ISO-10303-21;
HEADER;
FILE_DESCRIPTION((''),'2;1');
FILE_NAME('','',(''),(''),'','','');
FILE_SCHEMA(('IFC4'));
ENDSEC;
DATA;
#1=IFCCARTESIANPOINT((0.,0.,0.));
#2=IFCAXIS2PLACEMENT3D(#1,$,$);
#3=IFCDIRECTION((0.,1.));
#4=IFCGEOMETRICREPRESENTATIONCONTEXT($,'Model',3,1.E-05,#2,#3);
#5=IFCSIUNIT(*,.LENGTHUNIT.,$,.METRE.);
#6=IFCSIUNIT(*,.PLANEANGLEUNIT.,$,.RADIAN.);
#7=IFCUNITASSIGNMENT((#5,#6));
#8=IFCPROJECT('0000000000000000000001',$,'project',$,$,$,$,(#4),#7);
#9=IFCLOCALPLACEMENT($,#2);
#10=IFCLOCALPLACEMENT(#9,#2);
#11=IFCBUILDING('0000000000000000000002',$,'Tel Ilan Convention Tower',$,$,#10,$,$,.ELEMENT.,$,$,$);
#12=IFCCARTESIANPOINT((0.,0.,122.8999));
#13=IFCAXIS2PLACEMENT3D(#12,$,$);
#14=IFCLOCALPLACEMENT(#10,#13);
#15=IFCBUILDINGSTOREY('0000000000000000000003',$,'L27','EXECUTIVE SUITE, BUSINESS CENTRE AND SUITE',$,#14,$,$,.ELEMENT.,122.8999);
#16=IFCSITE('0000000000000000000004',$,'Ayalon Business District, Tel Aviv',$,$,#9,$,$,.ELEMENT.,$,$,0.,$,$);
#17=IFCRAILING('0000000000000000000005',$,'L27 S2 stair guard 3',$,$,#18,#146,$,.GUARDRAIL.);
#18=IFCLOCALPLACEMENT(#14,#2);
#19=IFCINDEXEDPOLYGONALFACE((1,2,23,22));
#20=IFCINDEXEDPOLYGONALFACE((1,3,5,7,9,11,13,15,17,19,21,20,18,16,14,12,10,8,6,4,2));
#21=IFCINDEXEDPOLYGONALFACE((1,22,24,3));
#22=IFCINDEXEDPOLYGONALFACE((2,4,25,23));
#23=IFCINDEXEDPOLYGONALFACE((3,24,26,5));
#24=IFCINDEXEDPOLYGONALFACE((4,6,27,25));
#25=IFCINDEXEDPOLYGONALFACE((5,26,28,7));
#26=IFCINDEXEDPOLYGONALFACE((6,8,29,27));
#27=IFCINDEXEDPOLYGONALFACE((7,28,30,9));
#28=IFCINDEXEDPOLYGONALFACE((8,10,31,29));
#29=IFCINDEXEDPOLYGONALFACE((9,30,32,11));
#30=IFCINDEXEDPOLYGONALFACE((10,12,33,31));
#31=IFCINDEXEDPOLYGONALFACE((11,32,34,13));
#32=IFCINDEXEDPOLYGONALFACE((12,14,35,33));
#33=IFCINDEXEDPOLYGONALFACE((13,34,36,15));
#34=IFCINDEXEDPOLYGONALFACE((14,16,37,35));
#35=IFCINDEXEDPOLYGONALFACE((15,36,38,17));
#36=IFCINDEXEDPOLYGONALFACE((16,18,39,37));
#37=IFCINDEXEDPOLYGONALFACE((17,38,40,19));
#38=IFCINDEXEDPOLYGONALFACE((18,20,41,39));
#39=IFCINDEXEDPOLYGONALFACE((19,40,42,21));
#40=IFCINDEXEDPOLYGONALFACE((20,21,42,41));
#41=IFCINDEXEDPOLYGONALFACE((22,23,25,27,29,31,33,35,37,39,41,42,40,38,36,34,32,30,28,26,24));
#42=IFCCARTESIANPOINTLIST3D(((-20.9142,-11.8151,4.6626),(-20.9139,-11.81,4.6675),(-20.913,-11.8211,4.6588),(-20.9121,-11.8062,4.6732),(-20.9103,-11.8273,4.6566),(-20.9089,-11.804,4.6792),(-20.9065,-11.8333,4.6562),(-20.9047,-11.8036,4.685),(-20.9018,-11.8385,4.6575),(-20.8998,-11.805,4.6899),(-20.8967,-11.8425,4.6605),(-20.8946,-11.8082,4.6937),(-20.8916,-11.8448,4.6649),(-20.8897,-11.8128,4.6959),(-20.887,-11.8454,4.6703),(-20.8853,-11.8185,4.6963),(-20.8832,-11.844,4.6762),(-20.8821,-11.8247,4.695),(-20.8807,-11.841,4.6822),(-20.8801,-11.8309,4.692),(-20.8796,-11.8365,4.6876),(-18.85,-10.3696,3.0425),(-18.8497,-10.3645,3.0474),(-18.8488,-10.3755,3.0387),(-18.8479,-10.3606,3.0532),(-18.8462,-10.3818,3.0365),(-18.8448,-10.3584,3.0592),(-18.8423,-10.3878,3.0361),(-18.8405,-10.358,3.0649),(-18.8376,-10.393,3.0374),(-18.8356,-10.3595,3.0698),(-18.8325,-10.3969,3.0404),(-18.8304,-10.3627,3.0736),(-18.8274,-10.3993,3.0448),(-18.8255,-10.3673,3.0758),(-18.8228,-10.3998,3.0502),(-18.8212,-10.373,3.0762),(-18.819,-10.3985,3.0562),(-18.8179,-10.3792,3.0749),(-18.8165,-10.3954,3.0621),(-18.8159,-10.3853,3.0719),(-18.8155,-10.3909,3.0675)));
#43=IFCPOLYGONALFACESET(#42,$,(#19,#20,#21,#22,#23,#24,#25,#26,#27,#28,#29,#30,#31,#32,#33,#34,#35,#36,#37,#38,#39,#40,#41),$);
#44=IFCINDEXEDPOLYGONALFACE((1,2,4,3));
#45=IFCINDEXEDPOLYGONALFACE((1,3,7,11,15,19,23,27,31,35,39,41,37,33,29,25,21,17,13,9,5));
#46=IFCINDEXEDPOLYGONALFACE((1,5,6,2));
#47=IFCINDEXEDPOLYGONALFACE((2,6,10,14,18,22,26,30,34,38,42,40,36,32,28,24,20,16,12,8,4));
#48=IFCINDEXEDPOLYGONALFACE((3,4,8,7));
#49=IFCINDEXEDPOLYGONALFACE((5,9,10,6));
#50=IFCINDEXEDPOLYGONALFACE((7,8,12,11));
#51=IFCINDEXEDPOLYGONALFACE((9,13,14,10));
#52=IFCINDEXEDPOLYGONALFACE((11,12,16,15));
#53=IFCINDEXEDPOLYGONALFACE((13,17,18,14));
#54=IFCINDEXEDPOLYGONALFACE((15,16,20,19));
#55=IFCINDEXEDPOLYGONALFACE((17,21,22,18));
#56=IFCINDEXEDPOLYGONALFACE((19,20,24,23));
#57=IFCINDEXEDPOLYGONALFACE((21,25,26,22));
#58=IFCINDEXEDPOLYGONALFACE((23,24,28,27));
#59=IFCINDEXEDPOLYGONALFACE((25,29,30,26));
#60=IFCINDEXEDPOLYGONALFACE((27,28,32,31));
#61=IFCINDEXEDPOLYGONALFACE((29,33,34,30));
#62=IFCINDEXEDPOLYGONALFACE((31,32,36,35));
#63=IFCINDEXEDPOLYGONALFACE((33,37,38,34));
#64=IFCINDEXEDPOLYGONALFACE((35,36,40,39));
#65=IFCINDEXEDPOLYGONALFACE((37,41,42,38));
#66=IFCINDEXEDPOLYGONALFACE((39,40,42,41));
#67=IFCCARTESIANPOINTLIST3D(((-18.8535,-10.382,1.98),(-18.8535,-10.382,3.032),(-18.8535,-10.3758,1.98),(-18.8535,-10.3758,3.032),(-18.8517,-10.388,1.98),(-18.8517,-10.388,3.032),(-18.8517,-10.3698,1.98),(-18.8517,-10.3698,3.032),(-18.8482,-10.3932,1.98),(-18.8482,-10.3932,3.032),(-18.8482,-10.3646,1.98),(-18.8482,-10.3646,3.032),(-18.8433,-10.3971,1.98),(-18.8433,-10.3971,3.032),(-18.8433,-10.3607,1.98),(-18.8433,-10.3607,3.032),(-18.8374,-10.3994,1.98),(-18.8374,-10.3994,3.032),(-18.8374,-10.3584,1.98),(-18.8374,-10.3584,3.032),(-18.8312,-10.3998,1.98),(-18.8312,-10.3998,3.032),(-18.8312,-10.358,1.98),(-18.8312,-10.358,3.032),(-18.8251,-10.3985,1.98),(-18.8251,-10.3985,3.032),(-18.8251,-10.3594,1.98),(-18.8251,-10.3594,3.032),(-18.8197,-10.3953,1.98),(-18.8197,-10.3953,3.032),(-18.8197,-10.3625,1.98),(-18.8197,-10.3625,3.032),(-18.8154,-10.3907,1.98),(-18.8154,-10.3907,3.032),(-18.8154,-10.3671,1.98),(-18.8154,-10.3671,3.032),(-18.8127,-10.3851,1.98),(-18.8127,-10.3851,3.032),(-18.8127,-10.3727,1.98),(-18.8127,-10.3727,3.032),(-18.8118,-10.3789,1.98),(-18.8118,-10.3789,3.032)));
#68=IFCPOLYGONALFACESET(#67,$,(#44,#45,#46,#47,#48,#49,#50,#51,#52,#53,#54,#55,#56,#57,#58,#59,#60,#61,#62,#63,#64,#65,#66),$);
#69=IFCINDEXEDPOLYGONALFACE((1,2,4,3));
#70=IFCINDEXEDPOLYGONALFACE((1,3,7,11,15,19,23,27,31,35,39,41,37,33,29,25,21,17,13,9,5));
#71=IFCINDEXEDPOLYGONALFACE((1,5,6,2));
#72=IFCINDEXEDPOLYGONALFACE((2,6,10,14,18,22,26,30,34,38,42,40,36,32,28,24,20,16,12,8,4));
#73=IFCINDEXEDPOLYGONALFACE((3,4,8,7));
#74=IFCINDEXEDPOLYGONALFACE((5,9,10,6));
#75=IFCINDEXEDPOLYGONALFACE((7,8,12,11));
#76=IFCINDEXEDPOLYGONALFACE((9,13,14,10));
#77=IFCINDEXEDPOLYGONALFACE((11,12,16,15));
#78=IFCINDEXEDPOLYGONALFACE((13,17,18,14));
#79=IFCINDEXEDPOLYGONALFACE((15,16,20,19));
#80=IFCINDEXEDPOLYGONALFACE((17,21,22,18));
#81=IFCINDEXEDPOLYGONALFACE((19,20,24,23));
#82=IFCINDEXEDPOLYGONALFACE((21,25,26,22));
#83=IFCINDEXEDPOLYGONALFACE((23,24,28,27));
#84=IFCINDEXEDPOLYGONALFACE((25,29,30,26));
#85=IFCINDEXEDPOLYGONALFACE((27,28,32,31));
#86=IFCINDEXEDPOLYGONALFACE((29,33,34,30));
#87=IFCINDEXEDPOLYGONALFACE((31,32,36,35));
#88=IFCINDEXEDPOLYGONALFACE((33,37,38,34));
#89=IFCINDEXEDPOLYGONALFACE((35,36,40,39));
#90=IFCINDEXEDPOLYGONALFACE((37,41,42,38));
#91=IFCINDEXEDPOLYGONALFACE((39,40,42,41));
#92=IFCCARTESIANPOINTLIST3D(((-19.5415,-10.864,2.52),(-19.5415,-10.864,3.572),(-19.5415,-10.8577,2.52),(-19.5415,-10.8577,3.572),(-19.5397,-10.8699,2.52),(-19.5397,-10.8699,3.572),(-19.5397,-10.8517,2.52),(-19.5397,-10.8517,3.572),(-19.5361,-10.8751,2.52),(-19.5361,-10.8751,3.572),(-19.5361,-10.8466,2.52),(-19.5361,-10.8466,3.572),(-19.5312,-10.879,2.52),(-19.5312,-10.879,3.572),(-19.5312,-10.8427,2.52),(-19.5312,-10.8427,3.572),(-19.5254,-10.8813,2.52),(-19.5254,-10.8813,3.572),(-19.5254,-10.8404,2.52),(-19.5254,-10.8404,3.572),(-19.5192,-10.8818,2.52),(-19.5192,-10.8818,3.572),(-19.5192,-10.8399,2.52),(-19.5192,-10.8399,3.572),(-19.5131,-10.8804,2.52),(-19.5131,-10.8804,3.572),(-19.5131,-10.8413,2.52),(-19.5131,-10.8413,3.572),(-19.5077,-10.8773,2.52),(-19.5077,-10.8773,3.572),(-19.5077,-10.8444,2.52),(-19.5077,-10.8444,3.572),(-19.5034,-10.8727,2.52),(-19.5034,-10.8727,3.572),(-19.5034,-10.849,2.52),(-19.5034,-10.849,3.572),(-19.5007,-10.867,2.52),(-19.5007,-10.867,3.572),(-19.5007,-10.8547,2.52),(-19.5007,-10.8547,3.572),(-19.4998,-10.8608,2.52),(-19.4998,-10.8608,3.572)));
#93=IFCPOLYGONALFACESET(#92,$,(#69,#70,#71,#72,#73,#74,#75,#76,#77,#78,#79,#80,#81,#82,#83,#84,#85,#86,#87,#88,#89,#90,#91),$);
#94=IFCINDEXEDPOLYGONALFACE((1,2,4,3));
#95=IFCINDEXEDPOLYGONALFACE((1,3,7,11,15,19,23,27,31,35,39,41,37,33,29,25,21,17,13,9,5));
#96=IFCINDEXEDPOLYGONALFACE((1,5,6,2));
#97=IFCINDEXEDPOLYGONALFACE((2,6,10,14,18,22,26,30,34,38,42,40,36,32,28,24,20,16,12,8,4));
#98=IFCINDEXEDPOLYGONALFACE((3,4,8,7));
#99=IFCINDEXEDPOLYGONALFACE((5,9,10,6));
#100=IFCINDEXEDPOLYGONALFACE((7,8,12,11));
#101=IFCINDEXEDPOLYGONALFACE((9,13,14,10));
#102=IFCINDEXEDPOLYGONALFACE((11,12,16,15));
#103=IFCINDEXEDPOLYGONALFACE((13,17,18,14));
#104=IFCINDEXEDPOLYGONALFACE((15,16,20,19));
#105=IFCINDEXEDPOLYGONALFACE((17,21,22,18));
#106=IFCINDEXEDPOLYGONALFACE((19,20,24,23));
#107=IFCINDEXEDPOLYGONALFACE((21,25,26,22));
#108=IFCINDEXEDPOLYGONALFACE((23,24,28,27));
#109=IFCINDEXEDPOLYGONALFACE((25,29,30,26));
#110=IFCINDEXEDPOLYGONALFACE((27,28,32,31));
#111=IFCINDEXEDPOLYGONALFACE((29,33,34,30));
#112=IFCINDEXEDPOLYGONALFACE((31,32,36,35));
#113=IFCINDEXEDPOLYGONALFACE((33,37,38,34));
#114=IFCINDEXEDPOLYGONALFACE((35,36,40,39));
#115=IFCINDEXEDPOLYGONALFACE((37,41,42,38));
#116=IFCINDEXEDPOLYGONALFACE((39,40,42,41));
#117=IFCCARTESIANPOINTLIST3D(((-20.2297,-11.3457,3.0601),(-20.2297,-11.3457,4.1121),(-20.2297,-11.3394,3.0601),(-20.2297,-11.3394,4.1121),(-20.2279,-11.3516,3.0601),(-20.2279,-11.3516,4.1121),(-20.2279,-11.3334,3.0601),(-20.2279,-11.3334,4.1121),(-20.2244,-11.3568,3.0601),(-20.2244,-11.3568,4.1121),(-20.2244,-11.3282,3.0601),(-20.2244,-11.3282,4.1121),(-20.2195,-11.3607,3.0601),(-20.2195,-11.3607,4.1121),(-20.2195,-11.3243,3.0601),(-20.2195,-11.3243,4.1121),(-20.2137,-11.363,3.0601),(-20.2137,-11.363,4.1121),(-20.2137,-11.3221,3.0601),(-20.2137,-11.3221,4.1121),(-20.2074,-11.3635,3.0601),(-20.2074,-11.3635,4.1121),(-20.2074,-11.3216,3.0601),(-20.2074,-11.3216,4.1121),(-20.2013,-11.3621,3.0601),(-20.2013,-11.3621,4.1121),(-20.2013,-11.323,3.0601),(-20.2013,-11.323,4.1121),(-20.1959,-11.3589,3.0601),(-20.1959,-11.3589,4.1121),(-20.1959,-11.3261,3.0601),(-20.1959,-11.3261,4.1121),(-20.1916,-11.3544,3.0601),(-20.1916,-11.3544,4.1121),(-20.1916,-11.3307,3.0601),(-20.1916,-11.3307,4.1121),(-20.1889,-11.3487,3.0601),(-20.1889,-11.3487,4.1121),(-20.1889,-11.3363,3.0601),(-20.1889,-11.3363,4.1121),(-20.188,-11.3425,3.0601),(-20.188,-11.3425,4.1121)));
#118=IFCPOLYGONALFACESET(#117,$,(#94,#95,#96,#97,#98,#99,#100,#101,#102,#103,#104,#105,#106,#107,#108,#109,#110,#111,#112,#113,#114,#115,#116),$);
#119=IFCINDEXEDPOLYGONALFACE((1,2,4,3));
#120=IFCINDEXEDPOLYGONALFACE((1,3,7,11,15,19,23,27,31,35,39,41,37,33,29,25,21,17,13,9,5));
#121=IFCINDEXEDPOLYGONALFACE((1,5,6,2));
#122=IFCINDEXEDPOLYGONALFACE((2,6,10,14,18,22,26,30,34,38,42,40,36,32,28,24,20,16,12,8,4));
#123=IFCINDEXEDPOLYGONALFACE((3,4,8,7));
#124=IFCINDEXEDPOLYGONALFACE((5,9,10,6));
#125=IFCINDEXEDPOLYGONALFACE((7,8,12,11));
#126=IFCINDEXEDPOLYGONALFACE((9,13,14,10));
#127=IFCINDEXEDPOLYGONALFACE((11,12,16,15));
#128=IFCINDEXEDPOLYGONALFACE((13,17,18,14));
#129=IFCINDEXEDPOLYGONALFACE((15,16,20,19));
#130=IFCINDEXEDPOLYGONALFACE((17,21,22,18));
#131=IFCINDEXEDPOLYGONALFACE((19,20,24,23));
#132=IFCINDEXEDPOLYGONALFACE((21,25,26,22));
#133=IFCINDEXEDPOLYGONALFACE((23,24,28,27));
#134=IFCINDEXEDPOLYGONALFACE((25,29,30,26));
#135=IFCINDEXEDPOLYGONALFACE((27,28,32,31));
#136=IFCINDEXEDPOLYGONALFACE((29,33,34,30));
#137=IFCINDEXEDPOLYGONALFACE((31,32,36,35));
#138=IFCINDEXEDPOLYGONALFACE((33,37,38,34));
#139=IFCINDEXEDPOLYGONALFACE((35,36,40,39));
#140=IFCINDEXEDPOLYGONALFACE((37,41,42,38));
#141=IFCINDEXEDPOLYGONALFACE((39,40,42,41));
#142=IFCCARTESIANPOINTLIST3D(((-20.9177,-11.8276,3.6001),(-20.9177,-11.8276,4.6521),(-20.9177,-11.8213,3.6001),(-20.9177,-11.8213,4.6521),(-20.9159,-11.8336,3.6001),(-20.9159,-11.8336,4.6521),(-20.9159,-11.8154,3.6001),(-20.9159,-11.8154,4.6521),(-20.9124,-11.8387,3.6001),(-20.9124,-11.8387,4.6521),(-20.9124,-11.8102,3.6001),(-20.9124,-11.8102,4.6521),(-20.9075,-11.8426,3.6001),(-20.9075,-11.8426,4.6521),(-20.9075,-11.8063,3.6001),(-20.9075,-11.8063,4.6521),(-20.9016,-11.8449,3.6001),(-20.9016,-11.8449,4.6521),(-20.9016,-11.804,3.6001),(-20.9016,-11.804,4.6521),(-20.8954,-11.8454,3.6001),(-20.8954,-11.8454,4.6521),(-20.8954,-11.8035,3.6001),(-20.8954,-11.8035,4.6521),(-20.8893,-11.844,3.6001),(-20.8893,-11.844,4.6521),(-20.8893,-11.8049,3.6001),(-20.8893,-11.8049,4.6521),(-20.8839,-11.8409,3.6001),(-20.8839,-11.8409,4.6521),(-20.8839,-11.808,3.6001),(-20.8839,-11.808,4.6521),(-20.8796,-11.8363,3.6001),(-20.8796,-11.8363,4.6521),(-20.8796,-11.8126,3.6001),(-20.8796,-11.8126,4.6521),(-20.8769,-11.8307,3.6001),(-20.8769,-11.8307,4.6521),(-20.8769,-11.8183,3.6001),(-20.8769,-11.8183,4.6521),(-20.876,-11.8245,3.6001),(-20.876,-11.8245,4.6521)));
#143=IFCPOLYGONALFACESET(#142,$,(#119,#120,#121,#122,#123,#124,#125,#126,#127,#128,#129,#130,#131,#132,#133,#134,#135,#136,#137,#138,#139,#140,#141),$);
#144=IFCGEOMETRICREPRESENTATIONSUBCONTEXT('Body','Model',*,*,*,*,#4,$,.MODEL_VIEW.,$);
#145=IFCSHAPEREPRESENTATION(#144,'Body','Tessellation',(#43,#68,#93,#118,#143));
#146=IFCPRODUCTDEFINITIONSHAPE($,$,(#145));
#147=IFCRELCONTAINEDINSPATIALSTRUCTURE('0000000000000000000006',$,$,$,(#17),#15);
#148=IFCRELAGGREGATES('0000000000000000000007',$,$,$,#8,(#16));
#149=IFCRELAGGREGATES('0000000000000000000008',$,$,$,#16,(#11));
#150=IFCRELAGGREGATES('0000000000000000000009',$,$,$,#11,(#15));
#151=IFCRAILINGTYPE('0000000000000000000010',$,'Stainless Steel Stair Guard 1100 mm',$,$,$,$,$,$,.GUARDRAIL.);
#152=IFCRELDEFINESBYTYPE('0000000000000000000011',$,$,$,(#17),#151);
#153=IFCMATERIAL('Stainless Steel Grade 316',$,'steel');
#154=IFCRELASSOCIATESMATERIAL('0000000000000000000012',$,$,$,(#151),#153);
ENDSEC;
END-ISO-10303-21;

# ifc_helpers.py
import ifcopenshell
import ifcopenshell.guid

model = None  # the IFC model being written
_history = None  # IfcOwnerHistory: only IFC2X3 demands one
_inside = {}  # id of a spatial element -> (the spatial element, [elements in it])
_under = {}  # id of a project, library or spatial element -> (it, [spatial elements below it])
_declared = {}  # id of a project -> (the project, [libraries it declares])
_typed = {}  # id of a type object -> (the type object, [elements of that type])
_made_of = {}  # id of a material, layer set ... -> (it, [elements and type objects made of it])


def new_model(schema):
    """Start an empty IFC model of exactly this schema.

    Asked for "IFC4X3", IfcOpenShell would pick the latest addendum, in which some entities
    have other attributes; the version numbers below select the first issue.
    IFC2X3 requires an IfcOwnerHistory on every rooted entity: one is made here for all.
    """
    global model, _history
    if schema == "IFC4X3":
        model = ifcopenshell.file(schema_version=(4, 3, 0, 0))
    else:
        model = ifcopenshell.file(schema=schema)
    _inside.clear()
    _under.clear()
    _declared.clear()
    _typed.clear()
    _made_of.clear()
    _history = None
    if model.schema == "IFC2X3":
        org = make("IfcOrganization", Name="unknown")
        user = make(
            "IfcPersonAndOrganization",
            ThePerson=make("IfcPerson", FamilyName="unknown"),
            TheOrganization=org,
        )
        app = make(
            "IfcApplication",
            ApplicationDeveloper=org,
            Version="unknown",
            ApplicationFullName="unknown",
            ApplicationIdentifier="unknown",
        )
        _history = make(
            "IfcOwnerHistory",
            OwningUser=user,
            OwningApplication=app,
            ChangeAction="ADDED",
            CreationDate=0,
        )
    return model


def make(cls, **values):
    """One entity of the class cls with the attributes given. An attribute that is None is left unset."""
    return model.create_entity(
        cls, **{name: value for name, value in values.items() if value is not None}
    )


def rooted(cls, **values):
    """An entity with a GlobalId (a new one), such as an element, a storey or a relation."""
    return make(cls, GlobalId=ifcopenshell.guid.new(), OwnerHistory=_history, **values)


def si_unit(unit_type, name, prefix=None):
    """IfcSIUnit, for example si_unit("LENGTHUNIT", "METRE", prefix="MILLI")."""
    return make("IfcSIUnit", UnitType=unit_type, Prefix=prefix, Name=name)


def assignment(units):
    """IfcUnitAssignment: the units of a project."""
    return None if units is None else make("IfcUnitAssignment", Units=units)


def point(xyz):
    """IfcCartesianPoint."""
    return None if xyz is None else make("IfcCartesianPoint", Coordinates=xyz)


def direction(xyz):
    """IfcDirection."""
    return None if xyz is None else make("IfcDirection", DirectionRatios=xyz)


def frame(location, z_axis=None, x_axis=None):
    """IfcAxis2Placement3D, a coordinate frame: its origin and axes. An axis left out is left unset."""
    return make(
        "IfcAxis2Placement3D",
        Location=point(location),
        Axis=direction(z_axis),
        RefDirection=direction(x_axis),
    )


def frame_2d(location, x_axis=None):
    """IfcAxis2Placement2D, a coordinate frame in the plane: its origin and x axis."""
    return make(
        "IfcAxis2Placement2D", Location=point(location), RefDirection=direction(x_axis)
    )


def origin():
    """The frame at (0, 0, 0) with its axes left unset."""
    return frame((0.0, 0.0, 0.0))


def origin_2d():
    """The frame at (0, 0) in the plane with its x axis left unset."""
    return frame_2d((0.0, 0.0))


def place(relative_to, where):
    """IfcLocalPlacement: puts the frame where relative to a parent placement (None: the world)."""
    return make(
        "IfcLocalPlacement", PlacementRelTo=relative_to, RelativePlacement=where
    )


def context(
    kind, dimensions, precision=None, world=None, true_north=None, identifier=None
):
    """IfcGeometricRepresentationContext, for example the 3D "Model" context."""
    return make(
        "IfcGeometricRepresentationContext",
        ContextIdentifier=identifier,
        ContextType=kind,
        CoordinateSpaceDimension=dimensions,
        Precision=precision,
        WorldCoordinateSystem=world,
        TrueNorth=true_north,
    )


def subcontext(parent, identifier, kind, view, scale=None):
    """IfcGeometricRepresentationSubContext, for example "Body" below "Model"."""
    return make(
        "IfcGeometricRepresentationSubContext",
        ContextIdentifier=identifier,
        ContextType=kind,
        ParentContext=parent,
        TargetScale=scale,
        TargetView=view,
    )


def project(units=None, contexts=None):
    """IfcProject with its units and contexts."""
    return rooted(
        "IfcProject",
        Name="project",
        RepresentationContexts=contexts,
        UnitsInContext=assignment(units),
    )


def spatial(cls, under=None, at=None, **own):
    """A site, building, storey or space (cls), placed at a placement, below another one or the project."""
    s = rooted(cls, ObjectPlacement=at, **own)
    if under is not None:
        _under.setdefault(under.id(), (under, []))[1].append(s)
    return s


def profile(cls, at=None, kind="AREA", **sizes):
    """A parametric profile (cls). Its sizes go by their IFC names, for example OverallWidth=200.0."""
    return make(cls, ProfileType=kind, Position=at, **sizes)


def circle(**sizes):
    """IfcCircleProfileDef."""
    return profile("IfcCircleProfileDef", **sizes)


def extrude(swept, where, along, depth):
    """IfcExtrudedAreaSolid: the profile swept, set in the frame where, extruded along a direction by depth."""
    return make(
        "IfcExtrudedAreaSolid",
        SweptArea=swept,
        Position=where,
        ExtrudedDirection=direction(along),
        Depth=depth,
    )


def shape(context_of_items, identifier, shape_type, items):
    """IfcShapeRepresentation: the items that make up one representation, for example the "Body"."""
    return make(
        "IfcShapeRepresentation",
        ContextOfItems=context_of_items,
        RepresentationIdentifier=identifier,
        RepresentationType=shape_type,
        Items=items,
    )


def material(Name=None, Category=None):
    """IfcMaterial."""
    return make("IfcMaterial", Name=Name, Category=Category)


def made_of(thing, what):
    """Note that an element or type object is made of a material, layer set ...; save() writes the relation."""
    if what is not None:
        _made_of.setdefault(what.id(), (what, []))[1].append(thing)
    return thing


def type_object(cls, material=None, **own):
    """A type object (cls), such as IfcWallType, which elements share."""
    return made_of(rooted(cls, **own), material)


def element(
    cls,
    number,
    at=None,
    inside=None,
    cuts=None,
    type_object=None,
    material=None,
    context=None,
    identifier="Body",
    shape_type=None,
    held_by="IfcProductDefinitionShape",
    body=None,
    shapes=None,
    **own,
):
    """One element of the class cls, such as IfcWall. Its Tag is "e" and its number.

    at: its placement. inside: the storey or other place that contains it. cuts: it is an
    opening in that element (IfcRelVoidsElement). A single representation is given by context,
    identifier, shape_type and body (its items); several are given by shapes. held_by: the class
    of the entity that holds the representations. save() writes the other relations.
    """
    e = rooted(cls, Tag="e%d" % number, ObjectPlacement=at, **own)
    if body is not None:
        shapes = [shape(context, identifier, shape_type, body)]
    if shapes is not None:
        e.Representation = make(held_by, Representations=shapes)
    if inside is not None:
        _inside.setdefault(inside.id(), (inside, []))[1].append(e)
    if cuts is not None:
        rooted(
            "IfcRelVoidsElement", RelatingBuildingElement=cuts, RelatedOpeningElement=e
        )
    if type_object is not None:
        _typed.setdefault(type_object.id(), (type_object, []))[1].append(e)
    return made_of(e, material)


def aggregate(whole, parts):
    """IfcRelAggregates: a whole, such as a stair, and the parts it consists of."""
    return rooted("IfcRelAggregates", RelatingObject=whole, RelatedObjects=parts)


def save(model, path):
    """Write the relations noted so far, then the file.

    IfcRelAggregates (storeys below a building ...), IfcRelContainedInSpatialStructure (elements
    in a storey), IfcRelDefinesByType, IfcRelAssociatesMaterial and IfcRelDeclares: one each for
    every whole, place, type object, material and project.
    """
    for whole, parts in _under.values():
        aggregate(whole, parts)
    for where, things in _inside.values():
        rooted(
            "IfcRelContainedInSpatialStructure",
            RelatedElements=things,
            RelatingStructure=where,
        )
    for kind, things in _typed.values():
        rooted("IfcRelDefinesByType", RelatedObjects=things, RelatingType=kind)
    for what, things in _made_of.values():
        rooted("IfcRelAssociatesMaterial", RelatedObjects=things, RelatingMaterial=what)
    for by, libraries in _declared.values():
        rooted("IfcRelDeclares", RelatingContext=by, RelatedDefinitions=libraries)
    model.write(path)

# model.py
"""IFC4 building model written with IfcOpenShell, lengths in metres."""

from ifc_helpers import new_model, si_unit, direction, frame, origin, origin_2d, place, context, subcontext, project, spatial, circle, extrude, material, type_object, element, save


model = new_model("IFC4")

# Units and contexts
model_context = context("Model", 3, precision=1e-05, world=origin(), true_north=direction((0.0, 1.0)))
body_context = subcontext(model_context, "Body", "Model", "MODEL_VIEW")
ifc_project = project(units=[si_unit("LENGTHUNIT", "METRE"), si_unit("PLANEANGLEUNIT", "RADIAN")], contexts=[model_context])

# Site, building, storey
site_placement = place(None, origin())
site = spatial("IfcSite", under=ifc_project, at=site_placement, Name="Ayalon Business District, Tel Aviv", CompositionType="ELEMENT", RefElevation=0.0)
building_placement = place(site_placement, origin())
building = spatial("IfcBuilding", under=site, at=building_placement, Name="Tel Ilan Convention Tower", CompositionType="ELEMENT")
storey_placement = place(building_placement, frame((0.0, 0.0, 122.8999)))
storey = spatial("IfcBuildingStorey", under=building, at=storey_placement, Name="L27", Description="EXECUTIVE SUITE, BUSINESS CENTRE AND SUITE", CompositionType="ELEMENT", Elevation=122.8999)

# Railing
ifc_material_1 = material(Name="Stainless Steel Grade 316", Category="steel")
railing_type_1 = type_object("IfcRailingType", Name="Stainless Steel Stair Guard 1100 mm", PredefinedType="GUARDRAIL", material=ifc_material_1)
railing_1_placement = place(storey_placement, frame((-18.8328, -10.3789, 1.98)))
element("IfcRailing", 1, at=railing_1_placement, inside=storey, type_object=railing_type_1, Name="L27 S2 stair guard 3", PredefinedType="GUARDRAIL", context=body_context, shape_type="SweptSolid", body=[
    extrude(circle(Radius=0.0239, at=origin_2d()), frame((0.0, 0.0, 1.0762), z_axis=(-0.689013, -0.482513, 0.540779), x_axis=(0.573625, -0.819118, 0.0)), (0.0, 0.0, 1.0), 2.9958),
    extrude(circle(Radius=0.021, at=origin_2d()), origin(), (0.0, 0.0, 1.0), 1.052),
    extrude(circle(Radius=0.021, at=origin_2d()), frame((-0.688, -0.4819, 0.54)), (0.0, 0.0, 1.0), 1.052),
    extrude(circle(Radius=0.021, at=origin_2d()), frame((-1.3762, -0.9636, 1.0801)), (0.0, 0.0, 1.0), 1.052),
    extrude(circle(Radius=0.021, at=origin_2d()), frame((-2.0642, -1.4456, 1.6201)), (0.0, 0.0, 1.0), 1.052),
])

save(model, "model.ifc")
